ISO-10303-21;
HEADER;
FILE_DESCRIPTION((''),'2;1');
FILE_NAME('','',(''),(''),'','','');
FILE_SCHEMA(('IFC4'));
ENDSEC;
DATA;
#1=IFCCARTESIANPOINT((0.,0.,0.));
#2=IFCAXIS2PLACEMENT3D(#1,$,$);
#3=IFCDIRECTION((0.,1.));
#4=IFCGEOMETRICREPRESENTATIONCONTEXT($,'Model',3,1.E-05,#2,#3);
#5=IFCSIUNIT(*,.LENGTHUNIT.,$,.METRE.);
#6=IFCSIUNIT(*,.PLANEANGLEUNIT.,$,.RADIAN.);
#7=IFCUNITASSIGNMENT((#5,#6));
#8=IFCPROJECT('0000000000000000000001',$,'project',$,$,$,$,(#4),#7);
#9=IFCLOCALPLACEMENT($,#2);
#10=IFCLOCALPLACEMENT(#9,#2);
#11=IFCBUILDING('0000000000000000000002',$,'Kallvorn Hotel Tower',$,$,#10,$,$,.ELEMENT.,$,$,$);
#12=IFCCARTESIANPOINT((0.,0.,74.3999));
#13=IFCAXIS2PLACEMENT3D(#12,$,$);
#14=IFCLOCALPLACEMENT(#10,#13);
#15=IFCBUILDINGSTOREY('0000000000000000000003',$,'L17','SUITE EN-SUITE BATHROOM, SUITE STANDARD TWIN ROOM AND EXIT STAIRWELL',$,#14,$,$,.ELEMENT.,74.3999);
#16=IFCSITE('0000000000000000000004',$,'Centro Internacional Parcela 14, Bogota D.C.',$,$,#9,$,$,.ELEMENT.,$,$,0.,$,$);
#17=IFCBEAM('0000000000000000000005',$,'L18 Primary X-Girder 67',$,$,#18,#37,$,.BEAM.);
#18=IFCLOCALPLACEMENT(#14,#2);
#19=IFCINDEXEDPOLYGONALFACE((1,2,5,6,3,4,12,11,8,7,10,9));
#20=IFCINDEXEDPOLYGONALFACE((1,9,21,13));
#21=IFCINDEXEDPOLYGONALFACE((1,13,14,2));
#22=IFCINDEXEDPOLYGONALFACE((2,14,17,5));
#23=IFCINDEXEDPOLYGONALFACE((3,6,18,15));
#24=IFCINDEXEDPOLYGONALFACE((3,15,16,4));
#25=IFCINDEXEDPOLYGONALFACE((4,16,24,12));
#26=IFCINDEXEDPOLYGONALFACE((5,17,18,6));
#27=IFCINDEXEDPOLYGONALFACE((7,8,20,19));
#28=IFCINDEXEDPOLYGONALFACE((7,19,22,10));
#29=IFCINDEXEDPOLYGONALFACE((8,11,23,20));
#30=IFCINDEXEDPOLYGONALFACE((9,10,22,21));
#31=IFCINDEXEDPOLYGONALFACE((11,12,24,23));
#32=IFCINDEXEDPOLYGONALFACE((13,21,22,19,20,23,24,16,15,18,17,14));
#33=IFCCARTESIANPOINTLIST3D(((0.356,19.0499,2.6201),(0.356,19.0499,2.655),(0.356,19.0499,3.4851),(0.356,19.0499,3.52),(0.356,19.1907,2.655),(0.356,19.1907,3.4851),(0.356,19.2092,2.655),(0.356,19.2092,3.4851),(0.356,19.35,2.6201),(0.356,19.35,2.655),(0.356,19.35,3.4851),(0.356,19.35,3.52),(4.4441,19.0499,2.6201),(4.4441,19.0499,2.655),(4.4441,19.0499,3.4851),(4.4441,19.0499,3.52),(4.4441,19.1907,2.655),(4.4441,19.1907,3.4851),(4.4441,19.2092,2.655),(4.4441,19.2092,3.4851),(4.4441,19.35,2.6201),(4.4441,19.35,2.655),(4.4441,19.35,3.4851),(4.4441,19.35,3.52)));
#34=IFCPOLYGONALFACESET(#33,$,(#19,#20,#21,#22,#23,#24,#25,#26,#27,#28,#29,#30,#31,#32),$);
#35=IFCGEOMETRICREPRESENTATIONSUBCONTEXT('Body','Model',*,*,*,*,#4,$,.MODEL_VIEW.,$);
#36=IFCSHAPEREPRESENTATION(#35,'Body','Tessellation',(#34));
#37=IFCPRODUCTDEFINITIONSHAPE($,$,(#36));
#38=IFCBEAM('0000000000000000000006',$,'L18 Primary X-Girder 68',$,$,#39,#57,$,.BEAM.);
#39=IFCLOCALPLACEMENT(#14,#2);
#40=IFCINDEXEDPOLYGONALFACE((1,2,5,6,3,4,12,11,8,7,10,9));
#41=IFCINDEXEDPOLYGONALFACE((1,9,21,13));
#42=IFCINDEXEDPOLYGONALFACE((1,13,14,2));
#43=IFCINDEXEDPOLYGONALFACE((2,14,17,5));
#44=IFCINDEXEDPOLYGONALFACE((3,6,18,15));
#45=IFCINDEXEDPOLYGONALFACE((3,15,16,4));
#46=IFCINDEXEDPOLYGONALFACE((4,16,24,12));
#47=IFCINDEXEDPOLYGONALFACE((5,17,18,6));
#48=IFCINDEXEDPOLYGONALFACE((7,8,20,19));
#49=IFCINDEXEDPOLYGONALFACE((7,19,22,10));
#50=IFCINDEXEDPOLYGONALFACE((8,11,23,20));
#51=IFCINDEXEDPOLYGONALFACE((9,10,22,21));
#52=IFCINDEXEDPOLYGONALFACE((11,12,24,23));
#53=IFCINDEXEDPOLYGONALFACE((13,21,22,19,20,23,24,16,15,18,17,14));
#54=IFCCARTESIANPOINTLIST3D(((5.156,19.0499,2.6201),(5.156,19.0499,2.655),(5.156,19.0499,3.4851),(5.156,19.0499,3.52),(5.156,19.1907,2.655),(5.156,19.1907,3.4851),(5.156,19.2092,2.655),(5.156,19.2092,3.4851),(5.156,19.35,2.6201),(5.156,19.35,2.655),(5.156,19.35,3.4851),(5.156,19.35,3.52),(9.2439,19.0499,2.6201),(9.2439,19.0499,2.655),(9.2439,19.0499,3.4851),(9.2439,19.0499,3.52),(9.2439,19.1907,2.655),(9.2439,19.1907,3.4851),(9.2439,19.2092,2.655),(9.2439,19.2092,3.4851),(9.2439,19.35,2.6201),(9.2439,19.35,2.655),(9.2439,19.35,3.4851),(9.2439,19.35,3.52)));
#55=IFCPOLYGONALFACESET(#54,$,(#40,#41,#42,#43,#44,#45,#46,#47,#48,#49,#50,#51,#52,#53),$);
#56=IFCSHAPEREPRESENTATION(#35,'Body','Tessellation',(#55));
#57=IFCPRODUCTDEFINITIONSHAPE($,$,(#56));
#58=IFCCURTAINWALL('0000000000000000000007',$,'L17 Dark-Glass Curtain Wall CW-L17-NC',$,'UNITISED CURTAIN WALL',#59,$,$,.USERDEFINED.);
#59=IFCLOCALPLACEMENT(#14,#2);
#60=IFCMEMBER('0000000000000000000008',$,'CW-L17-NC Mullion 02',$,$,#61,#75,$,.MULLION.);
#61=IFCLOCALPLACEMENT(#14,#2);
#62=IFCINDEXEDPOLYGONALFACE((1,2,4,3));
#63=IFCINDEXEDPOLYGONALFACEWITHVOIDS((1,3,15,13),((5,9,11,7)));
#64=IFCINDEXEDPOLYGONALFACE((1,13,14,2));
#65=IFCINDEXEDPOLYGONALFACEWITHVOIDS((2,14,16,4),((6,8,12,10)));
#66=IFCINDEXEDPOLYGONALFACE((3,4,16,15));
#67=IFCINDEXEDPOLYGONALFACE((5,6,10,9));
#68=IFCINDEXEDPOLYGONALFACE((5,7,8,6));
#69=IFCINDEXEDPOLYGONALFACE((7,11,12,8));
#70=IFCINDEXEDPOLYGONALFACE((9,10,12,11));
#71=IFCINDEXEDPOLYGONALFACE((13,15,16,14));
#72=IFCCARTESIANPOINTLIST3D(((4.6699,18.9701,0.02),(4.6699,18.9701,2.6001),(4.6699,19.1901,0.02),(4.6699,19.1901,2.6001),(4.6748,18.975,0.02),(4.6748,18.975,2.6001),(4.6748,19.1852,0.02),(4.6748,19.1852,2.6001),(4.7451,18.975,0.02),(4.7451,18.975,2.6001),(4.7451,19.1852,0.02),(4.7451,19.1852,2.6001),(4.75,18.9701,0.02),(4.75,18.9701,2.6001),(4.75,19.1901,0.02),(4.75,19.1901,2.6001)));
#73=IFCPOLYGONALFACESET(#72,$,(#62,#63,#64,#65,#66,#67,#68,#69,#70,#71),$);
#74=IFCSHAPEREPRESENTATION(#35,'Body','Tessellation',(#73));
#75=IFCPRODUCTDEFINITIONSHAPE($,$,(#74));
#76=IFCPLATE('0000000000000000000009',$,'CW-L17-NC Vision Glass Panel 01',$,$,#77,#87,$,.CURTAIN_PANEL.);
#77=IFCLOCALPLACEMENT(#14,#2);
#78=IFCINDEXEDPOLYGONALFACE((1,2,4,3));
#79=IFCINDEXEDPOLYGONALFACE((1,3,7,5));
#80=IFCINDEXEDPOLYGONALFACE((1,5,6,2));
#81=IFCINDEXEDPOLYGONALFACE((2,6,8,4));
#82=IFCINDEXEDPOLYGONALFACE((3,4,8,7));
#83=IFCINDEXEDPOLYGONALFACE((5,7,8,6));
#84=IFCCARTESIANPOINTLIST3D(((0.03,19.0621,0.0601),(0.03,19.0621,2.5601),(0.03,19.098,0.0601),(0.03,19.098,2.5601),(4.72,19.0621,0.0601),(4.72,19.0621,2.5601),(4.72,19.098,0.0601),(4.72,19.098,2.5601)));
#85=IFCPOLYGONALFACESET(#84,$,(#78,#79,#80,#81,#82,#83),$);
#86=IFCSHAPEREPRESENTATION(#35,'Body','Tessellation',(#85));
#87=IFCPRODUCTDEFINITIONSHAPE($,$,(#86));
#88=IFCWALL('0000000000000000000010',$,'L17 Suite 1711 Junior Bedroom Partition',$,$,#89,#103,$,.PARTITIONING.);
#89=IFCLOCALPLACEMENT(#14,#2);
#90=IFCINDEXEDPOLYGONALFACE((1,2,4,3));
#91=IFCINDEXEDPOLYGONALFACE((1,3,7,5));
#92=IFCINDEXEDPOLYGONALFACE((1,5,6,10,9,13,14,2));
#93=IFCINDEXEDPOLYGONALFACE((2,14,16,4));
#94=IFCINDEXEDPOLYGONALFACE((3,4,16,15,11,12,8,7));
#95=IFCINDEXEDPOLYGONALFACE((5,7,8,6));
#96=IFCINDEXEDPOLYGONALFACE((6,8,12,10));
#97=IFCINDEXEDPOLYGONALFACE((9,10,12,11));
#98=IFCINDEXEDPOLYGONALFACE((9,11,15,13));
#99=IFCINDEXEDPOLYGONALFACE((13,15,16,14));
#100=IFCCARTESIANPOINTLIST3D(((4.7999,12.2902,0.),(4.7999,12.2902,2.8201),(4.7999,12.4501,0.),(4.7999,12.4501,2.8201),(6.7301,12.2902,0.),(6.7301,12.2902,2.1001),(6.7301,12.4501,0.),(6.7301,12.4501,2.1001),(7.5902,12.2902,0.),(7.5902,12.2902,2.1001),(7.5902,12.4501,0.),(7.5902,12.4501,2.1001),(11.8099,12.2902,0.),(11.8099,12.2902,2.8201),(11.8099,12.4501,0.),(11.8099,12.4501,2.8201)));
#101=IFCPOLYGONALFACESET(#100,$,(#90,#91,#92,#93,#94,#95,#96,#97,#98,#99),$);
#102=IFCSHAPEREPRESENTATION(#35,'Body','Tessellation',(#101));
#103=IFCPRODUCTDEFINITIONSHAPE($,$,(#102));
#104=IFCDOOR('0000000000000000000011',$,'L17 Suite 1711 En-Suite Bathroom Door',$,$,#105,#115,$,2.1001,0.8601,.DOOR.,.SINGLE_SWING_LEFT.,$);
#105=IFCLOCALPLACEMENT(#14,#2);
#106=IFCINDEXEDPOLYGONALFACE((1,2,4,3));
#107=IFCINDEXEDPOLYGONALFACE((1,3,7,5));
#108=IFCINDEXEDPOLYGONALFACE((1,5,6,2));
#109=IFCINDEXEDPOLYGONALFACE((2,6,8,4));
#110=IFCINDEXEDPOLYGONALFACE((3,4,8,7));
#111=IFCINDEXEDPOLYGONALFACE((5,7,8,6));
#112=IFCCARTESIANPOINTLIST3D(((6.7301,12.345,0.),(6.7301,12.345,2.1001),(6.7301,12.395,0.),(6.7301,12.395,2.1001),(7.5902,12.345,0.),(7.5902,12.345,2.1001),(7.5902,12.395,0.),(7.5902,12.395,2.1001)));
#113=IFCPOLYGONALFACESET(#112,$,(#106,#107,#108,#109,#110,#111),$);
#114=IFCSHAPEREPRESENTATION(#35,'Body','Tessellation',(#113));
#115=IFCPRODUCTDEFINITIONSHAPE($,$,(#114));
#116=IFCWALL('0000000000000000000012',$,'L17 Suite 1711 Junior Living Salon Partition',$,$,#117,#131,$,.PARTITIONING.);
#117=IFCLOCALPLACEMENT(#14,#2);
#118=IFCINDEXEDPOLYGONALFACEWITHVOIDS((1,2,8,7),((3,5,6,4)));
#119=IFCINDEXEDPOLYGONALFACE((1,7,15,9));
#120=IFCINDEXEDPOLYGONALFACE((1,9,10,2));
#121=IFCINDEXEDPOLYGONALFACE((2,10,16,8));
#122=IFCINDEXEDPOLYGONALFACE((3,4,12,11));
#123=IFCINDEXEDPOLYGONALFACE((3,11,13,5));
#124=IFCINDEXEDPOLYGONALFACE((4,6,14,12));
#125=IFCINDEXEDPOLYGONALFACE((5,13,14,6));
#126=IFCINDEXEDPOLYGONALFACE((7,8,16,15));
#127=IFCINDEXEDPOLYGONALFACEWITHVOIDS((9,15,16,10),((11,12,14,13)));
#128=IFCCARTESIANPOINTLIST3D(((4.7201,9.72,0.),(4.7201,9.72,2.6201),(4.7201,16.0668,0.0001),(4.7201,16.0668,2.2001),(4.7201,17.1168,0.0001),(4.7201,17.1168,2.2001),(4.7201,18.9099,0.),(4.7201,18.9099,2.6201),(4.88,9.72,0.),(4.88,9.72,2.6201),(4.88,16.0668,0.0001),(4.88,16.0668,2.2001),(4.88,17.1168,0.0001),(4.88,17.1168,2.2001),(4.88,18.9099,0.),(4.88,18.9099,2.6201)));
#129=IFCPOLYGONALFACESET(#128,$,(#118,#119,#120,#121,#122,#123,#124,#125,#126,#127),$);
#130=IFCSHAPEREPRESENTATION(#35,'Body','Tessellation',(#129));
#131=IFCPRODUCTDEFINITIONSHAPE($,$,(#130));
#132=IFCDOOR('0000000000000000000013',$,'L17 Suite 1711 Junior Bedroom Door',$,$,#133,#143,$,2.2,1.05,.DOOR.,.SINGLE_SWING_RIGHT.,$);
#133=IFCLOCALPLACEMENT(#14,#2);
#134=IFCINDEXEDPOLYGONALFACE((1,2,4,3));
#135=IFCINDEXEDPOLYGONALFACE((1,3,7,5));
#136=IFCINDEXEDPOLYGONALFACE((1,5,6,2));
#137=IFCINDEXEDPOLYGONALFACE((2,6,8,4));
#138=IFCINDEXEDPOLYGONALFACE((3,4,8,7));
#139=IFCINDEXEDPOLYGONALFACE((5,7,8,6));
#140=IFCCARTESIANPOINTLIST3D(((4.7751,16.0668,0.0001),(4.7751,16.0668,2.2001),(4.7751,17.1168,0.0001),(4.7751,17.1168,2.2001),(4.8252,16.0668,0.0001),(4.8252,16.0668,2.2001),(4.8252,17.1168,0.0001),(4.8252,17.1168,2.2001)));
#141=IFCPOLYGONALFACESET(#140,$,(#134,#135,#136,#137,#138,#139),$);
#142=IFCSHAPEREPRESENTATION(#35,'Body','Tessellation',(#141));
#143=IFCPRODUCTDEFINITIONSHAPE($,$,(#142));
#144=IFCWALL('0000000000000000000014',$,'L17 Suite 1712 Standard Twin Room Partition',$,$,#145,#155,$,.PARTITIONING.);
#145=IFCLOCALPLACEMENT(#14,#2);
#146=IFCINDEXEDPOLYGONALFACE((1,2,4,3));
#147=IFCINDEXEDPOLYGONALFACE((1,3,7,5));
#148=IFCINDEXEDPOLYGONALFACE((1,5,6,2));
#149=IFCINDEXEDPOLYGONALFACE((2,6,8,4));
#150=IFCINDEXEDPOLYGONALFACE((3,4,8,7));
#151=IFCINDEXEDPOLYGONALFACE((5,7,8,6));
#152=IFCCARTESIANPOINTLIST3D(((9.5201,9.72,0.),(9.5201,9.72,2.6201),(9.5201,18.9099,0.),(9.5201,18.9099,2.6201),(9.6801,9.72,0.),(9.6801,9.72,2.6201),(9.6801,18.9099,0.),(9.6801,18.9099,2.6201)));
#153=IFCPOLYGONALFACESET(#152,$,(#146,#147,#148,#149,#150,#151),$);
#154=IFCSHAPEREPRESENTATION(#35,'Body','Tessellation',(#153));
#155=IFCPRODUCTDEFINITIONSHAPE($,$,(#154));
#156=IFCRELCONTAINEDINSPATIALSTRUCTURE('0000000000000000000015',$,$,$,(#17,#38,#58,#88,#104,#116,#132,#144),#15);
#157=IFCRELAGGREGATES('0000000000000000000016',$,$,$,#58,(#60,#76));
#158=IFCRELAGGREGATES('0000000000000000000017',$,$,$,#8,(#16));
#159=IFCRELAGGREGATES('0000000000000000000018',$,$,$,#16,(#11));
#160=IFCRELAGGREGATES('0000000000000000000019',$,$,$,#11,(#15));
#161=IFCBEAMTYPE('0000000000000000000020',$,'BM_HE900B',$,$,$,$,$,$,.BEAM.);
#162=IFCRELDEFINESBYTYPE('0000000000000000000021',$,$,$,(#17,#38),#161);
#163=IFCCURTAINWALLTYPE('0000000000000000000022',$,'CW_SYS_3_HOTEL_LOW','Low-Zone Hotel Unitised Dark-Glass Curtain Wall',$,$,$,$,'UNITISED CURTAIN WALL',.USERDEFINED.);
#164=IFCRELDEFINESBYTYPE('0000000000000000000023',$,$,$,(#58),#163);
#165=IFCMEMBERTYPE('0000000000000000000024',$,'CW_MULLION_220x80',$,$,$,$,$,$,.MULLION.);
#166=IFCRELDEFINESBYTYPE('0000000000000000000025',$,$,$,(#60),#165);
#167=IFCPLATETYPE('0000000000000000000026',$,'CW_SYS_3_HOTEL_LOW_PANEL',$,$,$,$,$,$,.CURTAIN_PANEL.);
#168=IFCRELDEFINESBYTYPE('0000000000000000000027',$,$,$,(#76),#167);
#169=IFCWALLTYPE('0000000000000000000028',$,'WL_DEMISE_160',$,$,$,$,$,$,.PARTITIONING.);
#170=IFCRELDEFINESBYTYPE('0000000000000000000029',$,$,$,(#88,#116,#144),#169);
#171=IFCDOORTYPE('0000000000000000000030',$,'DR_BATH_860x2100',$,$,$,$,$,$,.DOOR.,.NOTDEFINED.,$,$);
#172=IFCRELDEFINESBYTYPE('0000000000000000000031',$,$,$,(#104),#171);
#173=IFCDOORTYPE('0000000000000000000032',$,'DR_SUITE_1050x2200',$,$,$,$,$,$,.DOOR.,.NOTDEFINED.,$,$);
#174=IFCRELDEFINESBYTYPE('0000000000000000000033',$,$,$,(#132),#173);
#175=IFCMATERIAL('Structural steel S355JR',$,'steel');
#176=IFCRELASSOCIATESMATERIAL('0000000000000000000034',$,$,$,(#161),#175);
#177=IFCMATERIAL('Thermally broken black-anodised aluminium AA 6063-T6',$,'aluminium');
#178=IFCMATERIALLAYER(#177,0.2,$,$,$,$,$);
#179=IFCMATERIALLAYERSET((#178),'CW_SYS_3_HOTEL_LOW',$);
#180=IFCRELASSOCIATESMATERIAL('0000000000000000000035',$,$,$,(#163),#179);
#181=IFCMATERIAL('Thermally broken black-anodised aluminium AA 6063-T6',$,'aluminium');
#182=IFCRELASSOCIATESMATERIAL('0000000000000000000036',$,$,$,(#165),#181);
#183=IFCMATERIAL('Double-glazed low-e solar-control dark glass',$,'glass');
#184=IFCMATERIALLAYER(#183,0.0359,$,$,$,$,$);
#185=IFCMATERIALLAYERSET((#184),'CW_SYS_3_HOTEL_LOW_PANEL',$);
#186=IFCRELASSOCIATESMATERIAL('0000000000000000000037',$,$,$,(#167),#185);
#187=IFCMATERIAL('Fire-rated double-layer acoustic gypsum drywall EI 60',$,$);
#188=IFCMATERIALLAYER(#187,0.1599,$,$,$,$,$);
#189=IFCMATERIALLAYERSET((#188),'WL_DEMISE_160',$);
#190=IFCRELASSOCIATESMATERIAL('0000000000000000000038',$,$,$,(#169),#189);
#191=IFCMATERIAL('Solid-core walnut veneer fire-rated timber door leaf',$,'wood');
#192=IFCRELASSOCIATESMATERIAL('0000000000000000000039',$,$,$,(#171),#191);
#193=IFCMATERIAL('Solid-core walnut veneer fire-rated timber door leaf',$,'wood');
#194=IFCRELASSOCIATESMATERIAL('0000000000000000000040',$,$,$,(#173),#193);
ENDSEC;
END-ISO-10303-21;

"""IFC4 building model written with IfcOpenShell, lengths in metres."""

from ifc_helpers import new_model, si_unit, direction, frame, frame_2d, origin, origin_2d, place, context, subcontext, project, spatial, rectangle, hollow_rectangle, i_section, extrude, material, layer, layer_set, material_profile, profile_set, type_object, element, fill, aggregate, save


model = new_model("IFC4")

# Units and contexts
model_context = context("Model", 3, precision=1e-05, world=origin(), true_north=direction((0.0, 1.0)))
body_context = subcontext(model_context, "Body", "Model", "MODEL_VIEW")
ifc_project = project(units=[si_unit("LENGTHUNIT", "METRE"), si_unit("PLANEANGLEUNIT", "RADIAN")], contexts=[model_context])

# Site, building, storey
site_placement = place(None, origin())
site = spatial("IfcSite", under=ifc_project, at=site_placement, Name="Centro Internacional Parcela 14, Bogota D.C.", CompositionType="ELEMENT", RefElevation=0.0)
building_placement = place(site_placement, origin())
building = spatial("IfcBuilding", under=site, at=building_placement, Name="Kallvorn Hotel Tower", CompositionType="ELEMENT")
storey_placement = place(building_placement, frame((0.0, 0.0, 74.3999)))
storey = spatial("IfcBuildingStorey", under=building, at=storey_placement, Name="L17", Description="SUITE EN-SUITE BATHROOM, SUITE STANDARD TWIN ROOM AND EXIT STAIRWELL", CompositionType="ELEMENT", Elevation=74.3999)

# Beams
ifc_material_1 = material(Name="Structural steel S355JR", Category="steel")
ifc_material_profile_1 = material_profile(ifc_material_1, i_section(OverallWidth=0.3, OverallDepth=0.8999, WebThickness=0.0186, FlangeThickness=0.0349, at=origin_2d()), Name="HE 900 B")
ifc_profile_set_1 = profile_set([ifc_material_profile_1], Name="Structural steel S355JR")
beam_type_1 = type_object("IfcBeamType", Name="BM_HE900B", PredefinedType="BEAM", material=ifc_profile_set_1)
beam_1_placement = place(storey_placement, frame((0.356, 19.2, 3.0701), z_axis=(1.0, 0.0, 0.0), x_axis=(0.0, 1.0, 0.0)))
element("IfcBeam", 1, at=beam_1_placement, inside=storey, type_object=beam_type_1, Name="L18 Primary X-Girder 67", PredefinedType="BEAM", context=body_context, shape_type="SweptSolid", body=[
    extrude(i_section(OverallWidth=0.3, OverallDepth=0.8999, WebThickness=0.0186, FlangeThickness=0.0349, at=origin_2d()), origin(), (0.0, 0.0, 1.0), 4.0881),
])
beam_2_placement = place(storey_placement, frame((5.156, 19.2, 3.0701), z_axis=(1.0, 0.0, 0.0), x_axis=(0.0, 1.0, 0.0)))
element("IfcBeam", 2, at=beam_2_placement, inside=storey, type_object=beam_type_1, Name="L18 Primary X-Girder 68", PredefinedType="BEAM", context=body_context, shape_type="SweptSolid", body=[
    extrude(i_section(OverallWidth=0.3, OverallDepth=0.8999, WebThickness=0.0186, FlangeThickness=0.0349, at=origin_2d()), origin(), (0.0, 0.0, 1.0), 4.0879),
])

# Curtain wall, member, plate
ifc_material_2 = material(Name="Thermally broken black-anodised aluminium AA 6063-T6", Category="aluminium")
ifc_layer_1 = layer(ifc_material_2, 0.2)
ifc_layer_set_1 = layer_set([ifc_layer_1], Name="CW_SYS_3_HOTEL_LOW")
curtain_wall_type = type_object("IfcCurtainWallType", Name="CW_SYS_3_HOTEL_LOW", Description="Low-Zone Hotel Unitised Dark-Glass Curtain Wall", ElementType="UNITISED CURTAIN WALL", PredefinedType="USERDEFINED", material=ifc_layer_set_1)
curtain_wall_placement = place(storey_placement, origin())
curtain_wall = element("IfcCurtainWall", 3, at=curtain_wall_placement, inside=storey, type_object=curtain_wall_type, Name="L17 Dark-Glass Curtain Wall CW-L17-NC", ObjectType="UNITISED CURTAIN WALL", PredefinedType="USERDEFINED")
ifc_material_3 = material(Name="Thermally broken black-anodised aluminium AA 6063-T6", Category="aluminium")
ifc_material_profile_2 = material_profile(ifc_material_3, hollow_rectangle(XDim=0.0801, YDim=0.22, WallThickness=0.0049, at=origin_2d()), Name="MUL 220x80")
ifc_profile_set_2 = profile_set([ifc_material_profile_2], Name="Thermally broken black-anodised aluminium AA 6063-T6")
member_type = type_object("IfcMemberType", Name="CW_MULLION_220x80", PredefinedType="MULLION", material=ifc_profile_set_2)
member_placement = place(storey_placement, frame((4.71, 19.0801, 0.02), z_axis=(0.0, 0.0, 1.0), x_axis=(1.0, 0.0, 0.0)))
member = element("IfcMember", 4, at=member_placement, type_object=member_type, Name="CW-L17-NC Mullion 02", PredefinedType="MULLION", context=body_context, shape_type="SweptSolid", body=[
    extrude(hollow_rectangle(XDim=0.0801, YDim=0.22, WallThickness=0.0049, at=origin_2d()), origin(), (0.0, 0.0, 1.0), 2.5801),
])
ifc_material_4 = material(Name="Double-glazed low-e solar-control dark glass", Category="glass")
ifc_layer_2 = layer(ifc_material_4, 0.0359)
ifc_layer_set_2 = layer_set([ifc_layer_2], Name="CW_SYS_3_HOTEL_LOW_PANEL")
plate_type = type_object("IfcPlateType", Name="CW_SYS_3_HOTEL_LOW_PANEL", PredefinedType="CURTAIN_PANEL", material=ifc_layer_set_2)
plate_placement = place(storey_placement, frame((2.375, 19.0801, 0.0601), z_axis=(0.0, 0.0, 1.0), x_axis=(1.0, 0.0, 0.0)))
plate = element("IfcPlate", 5, at=plate_placement, type_object=plate_type, Name="CW-L17-NC Vision Glass Panel 01", PredefinedType="CURTAIN_PANEL", context=body_context, shape_type="SweptSolid", body=[
    extrude(rectangle(XDim=4.6899, YDim=0.0359, at=origin_2d()), origin(), (0.0, 0.0, 1.0), 2.5),
])
aggregate(curtain_wall, [member, plate])

# Walls, openings, doors
ifc_material_5 = material(Name="Fire-rated double-layer acoustic gypsum drywall EI 60")
ifc_layer_3 = layer(ifc_material_5, 0.1599)
ifc_layer_set_3 = layer_set([ifc_layer_3], Name="WL_DEMISE_160")
wall_type_1 = type_object("IfcWallType", Name="WL_DEMISE_160", PredefinedType="PARTITIONING", material=ifc_layer_set_3)
wall_1_placement = place(storey_placement, frame((4.8, 12.3701, 0.0), z_axis=(0.0, 0.0, 1.0), x_axis=(1.0, 0.0, 0.0)))
wall_1 = element("IfcWall", 6, at=wall_1_placement, inside=storey, type_object=wall_type_1, Name="L17 Suite 1711 Junior Bedroom Partition", PredefinedType="PARTITIONING", context=body_context, shape_type="SweptSolid", body=[
    extrude(rectangle(XDim=7.01, YDim=0.1599, at=frame_2d((3.5049, 0.0))), origin(), (0.0, 0.0, 1.0), 2.8201),
])
opening_1_placement = place(wall_1_placement, frame((1.9299, 0.0, 0.0)))
opening_1 = element("IfcOpeningElement", 7, at=opening_1_placement, cuts=wall_1, PredefinedType="OPENING", context=body_context, shape_type="SweptSolid", body=[
    extrude(rectangle(XDim=0.8601, YDim=2.1001, at=frame_2d((0.4302, 1.05))), frame((0.0, 0.095, 0.0), z_axis=(0.0, -1.0, 0.0), x_axis=(1.0, 0.0, 0.0)), (0.0, 0.0, 1.0), 0.1899),
])
ifc_material_6 = material(Name="Solid-core walnut veneer fire-rated timber door leaf", Category="wood")
door_type_1 = type_object("IfcDoorType", Name="DR_BATH_860x2100", OperationType="NOTDEFINED", PredefinedType="DOOR", material=ifc_material_6)
door_1_placement = place(opening_1_placement, origin())
door_1 = element("IfcDoor", 8, at=door_1_placement, inside=storey, type_object=door_type_1, Name="L17 Suite 1711 En-Suite Bathroom Door", OperationType="SINGLE_SWING_LEFT", OverallHeight=2.1001, OverallWidth=0.8601, PredefinedType="DOOR", context=body_context, shape_type="SweptSolid", body=[
    extrude(rectangle(XDim=0.8601, YDim=2.1001, at=frame_2d((0.4302, 1.05))), frame((0.0, 0.0249, 0.0), z_axis=(0.0, -1.0, 0.0), x_axis=(1.0, 0.0, 0.0)), (0.0, 0.0, 1.0), 0.05),
])
fill(opening_1, door_1)
wall_2_placement = place(storey_placement, frame((4.8, 9.72, 0.0), z_axis=(0.0, 0.0, 1.0), x_axis=(0.0, 1.0, 0.0)))
wall_2 = element("IfcWall", 9, at=wall_2_placement, inside=storey, type_object=wall_type_1, Name="L17 Suite 1711 Junior Living Salon Partition", PredefinedType="PARTITIONING", context=body_context, shape_type="SweptSolid", body=[
    extrude(rectangle(XDim=9.1899, YDim=0.1599, at=frame_2d((4.595, 0.0))), origin(), (0.0, 0.0, 1.0), 2.6201),
])
opening_2_placement = place(wall_2_placement, frame((6.3469, 0.0, 0.0)))
opening_2 = element("IfcOpeningElement", 10, at=opening_2_placement, cuts=wall_2, PredefinedType="OPENING", context=body_context, shape_type="SweptSolid", body=[
    extrude(rectangle(XDim=1.05, YDim=2.2, at=frame_2d((0.5249, 1.1001))), frame((0.0, 0.095, 0.0), z_axis=(0.0, -1.0, 0.0), x_axis=(1.0, 0.0, 0.0)), (0.0, 0.0, 1.0), 0.1899),
])
ifc_material_7 = material(Name="Solid-core walnut veneer fire-rated timber door leaf", Category="wood")
door_type_2 = type_object("IfcDoorType", Name="DR_SUITE_1050x2200", OperationType="NOTDEFINED", PredefinedType="DOOR", material=ifc_material_7)
door_2_placement = place(opening_2_placement, origin())
door_2 = element("IfcDoor", 11, at=door_2_placement, inside=storey, type_object=door_type_2, Name="L17 Suite 1711 Junior Bedroom Door", OperationType="SINGLE_SWING_RIGHT", OverallHeight=2.2, OverallWidth=1.05, PredefinedType="DOOR", context=body_context, shape_type="SweptSolid", body=[
    extrude(rectangle(XDim=1.05, YDim=2.2, at=frame_2d((0.5249, 1.1001))), frame((0.0, 0.0249, 0.0), z_axis=(0.0, -1.0, 0.0), x_axis=(1.0, 0.0, 0.0)), (0.0, 0.0, 1.0), 0.05),
])
fill(opening_2, door_2)

# Wall
wall_3_placement = place(storey_placement, frame((9.6001, 9.72, 0.0), z_axis=(0.0, 0.0, 1.0), x_axis=(0.0, 1.0, 0.0)))
element("IfcWall", 12, at=wall_3_placement, inside=storey, type_object=wall_type_1, Name="L17 Suite 1712 Standard Twin Room Partition", PredefinedType="PARTITIONING", context=body_context, shape_type="SweptSolid", body=[
    extrude(rectangle(XDim=9.1899, YDim=0.1599, at=frame_2d((4.595, 0.0))), origin(), (0.0, 0.0, 1.0), 2.6201),
])

save(model, "model.ifc")
